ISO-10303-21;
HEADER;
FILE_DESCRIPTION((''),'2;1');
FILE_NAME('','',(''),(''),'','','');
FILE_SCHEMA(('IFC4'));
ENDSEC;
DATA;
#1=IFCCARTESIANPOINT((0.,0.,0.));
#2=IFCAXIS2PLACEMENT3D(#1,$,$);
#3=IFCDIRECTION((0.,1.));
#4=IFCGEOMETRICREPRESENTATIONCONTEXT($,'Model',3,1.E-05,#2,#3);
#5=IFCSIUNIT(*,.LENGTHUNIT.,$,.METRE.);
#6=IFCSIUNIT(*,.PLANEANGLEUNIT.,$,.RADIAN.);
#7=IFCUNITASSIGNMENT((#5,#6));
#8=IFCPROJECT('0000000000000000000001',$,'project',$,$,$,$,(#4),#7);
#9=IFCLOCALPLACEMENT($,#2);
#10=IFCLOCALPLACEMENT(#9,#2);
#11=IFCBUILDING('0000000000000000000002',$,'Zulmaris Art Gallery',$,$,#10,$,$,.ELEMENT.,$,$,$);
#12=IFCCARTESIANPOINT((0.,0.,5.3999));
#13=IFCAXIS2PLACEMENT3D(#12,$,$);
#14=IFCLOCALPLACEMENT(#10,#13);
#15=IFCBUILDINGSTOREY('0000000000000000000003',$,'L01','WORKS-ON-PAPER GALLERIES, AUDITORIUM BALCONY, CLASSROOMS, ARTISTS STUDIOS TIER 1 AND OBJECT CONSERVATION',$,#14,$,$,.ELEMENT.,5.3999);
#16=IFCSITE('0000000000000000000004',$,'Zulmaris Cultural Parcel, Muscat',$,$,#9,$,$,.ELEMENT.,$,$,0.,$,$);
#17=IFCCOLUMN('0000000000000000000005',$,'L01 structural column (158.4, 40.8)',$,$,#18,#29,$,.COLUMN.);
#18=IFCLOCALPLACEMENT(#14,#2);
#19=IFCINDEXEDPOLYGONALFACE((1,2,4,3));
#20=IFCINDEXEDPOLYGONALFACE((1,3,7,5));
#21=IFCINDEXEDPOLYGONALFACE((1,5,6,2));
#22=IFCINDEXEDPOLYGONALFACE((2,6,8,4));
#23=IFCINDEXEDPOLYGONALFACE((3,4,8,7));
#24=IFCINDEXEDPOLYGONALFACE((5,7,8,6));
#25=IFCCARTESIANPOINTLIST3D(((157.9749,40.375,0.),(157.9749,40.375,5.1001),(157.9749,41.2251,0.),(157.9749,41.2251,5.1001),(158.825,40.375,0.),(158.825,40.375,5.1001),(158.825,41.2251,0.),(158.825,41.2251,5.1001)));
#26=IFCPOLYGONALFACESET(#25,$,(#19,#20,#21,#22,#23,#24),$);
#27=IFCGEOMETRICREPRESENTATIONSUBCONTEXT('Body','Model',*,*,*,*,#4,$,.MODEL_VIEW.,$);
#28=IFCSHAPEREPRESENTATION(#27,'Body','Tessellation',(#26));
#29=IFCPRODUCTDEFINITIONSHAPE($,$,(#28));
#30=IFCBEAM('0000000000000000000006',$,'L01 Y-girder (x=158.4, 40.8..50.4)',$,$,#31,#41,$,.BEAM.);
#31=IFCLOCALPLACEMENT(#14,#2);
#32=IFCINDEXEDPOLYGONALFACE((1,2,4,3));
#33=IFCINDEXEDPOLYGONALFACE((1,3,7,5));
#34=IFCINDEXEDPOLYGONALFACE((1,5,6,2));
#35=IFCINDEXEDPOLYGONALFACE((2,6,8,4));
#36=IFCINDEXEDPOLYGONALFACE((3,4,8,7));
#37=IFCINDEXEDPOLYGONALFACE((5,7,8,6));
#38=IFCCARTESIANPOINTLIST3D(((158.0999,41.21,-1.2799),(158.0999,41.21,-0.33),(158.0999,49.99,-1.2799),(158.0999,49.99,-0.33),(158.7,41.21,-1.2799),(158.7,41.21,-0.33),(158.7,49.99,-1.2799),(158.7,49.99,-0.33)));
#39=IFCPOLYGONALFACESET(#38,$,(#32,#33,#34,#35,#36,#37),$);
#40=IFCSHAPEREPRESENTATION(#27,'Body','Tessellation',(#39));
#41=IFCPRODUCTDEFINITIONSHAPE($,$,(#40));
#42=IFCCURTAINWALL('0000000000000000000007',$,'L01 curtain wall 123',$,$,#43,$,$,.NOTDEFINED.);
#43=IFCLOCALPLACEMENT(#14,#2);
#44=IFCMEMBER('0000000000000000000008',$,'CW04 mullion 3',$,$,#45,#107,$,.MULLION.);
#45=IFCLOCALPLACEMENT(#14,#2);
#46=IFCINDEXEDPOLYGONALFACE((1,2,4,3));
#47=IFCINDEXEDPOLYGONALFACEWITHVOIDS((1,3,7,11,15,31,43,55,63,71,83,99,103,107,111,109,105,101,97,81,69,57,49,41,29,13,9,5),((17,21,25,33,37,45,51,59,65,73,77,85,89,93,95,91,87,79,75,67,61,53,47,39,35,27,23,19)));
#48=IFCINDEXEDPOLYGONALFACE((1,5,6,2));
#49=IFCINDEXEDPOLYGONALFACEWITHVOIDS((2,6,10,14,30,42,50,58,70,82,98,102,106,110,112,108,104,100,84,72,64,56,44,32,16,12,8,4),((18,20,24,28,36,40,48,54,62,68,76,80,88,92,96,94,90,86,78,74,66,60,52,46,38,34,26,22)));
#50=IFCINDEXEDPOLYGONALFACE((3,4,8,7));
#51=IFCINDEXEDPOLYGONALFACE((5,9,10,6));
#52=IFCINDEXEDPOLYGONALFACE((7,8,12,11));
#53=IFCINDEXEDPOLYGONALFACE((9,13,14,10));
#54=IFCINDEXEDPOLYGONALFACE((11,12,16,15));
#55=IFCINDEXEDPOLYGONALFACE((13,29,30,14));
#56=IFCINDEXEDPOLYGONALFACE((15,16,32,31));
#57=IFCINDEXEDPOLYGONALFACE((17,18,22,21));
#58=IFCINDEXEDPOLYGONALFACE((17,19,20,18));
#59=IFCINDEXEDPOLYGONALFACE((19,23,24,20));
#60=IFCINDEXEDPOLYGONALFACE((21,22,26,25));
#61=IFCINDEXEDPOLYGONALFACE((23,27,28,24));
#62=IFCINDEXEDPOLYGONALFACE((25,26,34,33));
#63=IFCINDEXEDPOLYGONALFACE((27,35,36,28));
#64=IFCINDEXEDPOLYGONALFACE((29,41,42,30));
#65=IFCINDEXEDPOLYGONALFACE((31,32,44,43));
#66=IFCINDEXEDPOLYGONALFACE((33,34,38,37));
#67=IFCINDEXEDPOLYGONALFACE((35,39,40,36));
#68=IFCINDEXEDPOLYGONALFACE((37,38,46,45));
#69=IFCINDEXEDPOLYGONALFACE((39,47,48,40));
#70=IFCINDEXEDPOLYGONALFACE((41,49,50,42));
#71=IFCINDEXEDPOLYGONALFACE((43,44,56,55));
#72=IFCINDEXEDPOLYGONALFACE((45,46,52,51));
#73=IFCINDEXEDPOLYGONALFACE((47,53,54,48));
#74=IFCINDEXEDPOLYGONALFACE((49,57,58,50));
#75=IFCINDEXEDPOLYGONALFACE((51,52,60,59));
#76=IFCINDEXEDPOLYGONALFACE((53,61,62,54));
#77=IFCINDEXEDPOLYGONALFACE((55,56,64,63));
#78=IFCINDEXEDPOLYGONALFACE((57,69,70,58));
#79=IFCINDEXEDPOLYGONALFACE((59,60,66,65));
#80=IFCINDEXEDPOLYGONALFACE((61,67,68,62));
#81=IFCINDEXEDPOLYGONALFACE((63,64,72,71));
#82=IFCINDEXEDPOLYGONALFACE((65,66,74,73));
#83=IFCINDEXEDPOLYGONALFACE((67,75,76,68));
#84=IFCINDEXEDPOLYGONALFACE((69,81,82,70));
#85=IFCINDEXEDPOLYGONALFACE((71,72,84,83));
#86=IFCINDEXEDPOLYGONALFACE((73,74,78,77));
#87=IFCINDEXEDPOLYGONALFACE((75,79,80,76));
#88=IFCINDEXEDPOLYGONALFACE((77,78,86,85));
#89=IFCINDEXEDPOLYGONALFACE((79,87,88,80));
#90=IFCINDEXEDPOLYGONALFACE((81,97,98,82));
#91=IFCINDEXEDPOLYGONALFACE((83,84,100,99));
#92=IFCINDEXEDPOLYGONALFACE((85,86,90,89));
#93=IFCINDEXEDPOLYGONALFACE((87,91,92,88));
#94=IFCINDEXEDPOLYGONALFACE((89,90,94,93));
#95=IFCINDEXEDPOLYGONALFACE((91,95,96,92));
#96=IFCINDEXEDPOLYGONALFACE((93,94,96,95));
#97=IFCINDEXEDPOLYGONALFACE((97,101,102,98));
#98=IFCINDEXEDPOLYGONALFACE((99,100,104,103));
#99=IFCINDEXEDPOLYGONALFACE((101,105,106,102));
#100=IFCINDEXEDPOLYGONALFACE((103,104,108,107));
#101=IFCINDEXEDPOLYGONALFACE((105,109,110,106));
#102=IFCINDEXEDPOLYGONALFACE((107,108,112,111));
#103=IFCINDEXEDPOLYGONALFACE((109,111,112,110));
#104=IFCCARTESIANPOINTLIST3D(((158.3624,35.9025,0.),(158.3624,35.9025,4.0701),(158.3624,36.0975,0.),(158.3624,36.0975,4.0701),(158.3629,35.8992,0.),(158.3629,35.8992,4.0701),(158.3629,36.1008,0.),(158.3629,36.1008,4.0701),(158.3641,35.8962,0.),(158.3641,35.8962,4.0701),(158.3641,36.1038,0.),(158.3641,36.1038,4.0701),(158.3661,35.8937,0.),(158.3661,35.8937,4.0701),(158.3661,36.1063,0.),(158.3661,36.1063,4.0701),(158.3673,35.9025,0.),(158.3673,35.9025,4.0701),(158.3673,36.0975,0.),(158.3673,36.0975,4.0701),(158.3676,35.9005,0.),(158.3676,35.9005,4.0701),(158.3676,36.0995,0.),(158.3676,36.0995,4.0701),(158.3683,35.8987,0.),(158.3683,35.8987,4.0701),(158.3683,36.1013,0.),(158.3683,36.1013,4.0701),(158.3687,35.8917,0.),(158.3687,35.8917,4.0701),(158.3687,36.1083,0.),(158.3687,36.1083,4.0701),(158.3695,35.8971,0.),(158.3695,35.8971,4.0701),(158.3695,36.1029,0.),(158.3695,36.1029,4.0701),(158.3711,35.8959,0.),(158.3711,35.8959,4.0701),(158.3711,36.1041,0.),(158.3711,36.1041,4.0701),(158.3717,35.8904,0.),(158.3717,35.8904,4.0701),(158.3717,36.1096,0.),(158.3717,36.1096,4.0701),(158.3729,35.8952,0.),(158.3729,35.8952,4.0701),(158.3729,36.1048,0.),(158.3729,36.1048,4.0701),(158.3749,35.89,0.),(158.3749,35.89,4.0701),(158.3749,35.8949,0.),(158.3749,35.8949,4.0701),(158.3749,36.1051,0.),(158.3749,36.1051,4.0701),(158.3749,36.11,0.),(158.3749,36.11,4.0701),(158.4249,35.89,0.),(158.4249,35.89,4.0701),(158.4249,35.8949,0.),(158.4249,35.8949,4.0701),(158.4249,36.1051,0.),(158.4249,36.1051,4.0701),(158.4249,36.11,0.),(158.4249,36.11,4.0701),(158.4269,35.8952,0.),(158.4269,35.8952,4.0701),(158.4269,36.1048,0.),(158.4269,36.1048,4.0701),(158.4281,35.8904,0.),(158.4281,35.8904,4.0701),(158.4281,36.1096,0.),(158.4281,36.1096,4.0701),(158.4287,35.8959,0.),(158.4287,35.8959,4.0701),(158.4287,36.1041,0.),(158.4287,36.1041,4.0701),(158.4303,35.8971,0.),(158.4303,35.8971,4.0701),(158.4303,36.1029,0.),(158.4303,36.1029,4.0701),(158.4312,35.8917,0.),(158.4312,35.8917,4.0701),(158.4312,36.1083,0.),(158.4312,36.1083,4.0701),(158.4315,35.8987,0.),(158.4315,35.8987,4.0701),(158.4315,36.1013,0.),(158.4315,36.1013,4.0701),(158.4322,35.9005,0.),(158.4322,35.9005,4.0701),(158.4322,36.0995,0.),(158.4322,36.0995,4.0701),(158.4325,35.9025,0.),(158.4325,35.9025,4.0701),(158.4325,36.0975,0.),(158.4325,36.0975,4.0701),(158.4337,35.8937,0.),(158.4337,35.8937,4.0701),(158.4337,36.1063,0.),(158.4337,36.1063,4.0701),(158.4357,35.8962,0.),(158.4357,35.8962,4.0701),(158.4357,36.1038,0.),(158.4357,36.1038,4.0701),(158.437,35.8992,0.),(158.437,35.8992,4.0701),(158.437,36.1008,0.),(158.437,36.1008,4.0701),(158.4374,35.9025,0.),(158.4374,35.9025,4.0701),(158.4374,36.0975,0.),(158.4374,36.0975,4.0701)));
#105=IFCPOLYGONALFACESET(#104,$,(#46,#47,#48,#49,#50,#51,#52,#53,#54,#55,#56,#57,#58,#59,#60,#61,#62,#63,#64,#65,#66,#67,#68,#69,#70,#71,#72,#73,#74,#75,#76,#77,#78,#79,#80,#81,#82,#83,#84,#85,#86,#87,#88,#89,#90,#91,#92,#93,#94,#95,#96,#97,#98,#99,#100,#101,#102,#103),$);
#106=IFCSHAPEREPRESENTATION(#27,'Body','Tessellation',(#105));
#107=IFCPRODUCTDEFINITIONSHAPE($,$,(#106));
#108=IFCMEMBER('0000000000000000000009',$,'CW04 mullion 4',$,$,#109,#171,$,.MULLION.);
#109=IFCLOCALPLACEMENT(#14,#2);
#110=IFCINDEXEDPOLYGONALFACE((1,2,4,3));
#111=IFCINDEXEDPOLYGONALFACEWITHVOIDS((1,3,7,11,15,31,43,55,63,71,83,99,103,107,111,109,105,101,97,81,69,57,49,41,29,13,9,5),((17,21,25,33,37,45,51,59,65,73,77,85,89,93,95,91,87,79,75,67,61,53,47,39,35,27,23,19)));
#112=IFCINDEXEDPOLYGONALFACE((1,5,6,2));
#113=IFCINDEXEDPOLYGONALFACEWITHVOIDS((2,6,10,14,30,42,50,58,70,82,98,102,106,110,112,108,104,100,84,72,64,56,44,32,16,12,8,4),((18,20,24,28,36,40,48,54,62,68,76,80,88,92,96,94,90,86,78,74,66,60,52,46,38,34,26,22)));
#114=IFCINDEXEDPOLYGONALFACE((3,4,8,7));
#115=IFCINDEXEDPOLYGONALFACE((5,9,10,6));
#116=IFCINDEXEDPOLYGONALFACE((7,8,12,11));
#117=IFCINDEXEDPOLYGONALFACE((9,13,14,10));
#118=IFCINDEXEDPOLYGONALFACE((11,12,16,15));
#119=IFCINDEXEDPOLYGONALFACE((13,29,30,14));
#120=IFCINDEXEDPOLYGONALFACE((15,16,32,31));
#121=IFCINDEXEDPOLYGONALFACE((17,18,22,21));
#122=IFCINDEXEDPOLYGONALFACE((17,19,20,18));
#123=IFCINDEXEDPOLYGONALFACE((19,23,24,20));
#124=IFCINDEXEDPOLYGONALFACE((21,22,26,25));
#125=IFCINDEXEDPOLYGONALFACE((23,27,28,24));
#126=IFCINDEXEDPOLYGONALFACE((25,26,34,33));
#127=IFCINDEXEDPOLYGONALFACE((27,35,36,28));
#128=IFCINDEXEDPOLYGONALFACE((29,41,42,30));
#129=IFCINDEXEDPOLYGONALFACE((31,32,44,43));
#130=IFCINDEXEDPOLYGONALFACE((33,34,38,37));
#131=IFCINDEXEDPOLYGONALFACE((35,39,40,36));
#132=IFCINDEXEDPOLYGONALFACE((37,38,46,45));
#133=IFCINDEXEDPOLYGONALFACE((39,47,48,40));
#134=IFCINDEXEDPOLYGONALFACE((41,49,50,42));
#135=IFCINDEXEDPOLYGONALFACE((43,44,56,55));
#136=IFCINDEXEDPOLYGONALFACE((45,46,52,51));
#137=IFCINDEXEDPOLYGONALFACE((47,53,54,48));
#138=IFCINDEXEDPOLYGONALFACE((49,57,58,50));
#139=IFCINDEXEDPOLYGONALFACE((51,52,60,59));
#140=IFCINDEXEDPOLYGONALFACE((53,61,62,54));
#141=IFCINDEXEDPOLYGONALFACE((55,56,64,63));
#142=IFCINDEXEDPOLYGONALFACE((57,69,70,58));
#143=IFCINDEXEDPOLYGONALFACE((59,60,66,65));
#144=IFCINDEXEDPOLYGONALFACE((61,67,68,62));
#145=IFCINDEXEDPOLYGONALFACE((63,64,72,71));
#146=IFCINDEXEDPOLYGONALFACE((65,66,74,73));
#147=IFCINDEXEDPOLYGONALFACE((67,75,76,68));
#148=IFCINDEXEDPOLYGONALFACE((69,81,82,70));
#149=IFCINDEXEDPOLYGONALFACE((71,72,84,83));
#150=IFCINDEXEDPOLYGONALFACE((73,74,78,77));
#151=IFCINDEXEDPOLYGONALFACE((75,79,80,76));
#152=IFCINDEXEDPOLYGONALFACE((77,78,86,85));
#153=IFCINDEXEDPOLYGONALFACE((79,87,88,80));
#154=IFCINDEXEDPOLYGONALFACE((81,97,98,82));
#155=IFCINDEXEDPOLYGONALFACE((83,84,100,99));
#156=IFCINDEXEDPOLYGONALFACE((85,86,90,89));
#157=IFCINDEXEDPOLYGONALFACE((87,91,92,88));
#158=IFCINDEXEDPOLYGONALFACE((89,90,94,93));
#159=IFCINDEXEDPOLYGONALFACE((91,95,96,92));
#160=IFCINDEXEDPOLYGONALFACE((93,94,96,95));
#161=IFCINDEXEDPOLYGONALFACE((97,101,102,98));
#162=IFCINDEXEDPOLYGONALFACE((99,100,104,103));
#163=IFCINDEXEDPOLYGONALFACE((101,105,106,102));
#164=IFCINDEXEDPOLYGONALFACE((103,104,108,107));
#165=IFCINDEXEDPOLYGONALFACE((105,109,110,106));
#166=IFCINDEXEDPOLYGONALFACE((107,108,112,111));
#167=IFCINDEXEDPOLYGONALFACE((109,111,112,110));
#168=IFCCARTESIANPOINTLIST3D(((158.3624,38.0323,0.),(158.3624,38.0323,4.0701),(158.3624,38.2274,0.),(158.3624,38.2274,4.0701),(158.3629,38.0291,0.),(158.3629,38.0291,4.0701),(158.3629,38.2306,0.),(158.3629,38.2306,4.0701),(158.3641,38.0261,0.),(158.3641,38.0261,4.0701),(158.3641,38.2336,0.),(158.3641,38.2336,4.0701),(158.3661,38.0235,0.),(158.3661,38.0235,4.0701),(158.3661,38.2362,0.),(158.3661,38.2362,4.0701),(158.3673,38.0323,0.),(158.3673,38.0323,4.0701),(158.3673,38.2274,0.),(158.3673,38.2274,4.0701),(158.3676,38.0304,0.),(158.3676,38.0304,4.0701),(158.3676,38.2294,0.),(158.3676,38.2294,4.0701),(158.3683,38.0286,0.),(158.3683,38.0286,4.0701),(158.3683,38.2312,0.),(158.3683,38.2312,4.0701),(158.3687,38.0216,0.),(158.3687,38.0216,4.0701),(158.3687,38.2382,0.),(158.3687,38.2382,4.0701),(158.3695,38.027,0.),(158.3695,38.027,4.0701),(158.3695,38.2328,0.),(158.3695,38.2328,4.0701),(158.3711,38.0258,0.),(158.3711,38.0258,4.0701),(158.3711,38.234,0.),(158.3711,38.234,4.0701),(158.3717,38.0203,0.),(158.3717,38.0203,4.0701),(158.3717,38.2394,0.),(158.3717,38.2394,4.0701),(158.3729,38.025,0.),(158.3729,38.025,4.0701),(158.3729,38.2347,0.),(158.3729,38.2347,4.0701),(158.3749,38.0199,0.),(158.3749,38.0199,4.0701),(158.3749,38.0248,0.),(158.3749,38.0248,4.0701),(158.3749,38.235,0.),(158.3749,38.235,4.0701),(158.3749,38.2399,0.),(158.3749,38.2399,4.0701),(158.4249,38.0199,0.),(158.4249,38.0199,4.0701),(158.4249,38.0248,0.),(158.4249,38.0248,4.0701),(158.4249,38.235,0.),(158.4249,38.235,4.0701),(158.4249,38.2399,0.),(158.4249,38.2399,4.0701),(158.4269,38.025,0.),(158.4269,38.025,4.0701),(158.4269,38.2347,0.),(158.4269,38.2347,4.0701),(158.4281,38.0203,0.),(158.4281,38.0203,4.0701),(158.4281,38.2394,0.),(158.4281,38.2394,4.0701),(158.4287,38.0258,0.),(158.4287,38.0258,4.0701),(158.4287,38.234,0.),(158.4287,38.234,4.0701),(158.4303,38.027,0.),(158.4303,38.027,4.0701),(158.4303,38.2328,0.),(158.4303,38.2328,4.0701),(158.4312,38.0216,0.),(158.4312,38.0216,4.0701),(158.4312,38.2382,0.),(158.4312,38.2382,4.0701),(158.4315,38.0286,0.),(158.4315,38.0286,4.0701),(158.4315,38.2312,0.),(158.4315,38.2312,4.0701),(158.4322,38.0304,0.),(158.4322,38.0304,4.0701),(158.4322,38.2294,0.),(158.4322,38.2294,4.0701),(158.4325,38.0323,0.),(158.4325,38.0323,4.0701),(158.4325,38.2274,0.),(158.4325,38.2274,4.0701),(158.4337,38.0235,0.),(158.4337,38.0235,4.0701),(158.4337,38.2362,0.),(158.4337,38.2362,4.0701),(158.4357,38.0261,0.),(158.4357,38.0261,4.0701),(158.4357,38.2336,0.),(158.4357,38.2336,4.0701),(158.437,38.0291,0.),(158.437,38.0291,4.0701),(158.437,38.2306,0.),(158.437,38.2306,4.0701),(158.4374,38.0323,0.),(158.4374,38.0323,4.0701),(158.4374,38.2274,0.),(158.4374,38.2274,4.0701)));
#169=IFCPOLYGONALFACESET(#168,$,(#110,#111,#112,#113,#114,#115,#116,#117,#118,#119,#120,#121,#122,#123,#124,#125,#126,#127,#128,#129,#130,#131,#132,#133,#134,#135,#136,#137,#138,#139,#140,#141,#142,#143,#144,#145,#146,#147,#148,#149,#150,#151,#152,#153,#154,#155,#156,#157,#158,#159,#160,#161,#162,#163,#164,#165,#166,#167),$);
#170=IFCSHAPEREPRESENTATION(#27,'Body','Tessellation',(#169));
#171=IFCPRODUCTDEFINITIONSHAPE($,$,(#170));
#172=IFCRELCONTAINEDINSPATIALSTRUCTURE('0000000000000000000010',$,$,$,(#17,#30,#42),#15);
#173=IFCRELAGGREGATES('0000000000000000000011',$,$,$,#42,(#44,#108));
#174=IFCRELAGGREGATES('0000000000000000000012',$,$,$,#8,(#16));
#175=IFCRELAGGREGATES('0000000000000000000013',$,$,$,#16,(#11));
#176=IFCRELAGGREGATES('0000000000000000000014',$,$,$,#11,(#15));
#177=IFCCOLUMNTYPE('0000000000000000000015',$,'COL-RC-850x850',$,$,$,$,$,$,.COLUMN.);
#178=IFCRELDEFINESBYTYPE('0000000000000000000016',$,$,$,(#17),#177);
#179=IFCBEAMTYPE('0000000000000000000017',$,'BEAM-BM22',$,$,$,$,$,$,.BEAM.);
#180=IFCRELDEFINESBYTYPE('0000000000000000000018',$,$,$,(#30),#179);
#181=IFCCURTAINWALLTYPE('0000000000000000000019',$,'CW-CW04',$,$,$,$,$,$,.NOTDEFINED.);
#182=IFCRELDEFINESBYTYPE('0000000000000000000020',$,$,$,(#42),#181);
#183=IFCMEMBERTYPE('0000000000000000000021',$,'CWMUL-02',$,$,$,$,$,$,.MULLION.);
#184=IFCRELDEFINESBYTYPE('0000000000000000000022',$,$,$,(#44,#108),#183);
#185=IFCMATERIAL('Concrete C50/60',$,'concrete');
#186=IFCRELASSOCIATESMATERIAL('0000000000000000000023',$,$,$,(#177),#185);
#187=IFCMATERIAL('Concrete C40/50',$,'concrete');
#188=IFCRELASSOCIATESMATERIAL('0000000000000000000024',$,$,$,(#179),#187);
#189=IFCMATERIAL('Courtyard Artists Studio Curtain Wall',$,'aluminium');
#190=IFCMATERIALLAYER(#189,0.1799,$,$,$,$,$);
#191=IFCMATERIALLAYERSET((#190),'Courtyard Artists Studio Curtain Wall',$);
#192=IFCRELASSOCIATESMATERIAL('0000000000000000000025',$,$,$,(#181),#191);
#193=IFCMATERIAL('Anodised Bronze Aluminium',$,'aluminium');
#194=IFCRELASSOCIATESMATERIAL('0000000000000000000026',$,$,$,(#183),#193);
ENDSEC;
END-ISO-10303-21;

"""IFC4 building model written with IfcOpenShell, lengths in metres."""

from ifc_helpers import new_model, si_unit, direction, frame, origin, origin_2d, place, context, subcontext, project, spatial, rectangle, hollow_rectangle, extrude, material, layer, layer_set, material_profile, profile_set, type_object, element, aggregate, save


model = new_model("IFC4")

# Units and contexts
model_context = context("Model", 3, precision=1e-05, world=origin(), true_north=direction((0.0, 1.0)))
body_context = subcontext(model_context, "Body", "Model", "MODEL_VIEW")
ifc_project = project(units=[si_unit("LENGTHUNIT", "METRE"), si_unit("PLANEANGLEUNIT", "RADIAN")], contexts=[model_context])

# Site, building, storey
site_placement = place(None, origin())
site = spatial("IfcSite", under=ifc_project, at=site_placement, Name="Zulmaris Cultural Parcel, Muscat", CompositionType="ELEMENT", RefElevation=0.0)
building_placement = place(site_placement, origin())
building = spatial("IfcBuilding", under=site, at=building_placement, Name="Zulmaris Art Gallery", CompositionType="ELEMENT")
storey_placement = place(building_placement, frame((0.0, 0.0, 5.3999)))
storey = spatial("IfcBuildingStorey", under=building, at=storey_placement, Name="L01", Description="WORKS-ON-PAPER GALLERIES, AUDITORIUM BALCONY, CLASSROOMS, ARTISTS STUDIOS TIER 1 AND OBJECT CONSERVATION", CompositionType="ELEMENT", Elevation=5.3999)

# Column
ifc_material_1 = material(Name="Concrete C50/60", Category="concrete")
ifc_material_profile_1 = material_profile(ifc_material_1, rectangle(XDim=0.8501, YDim=0.8501, at=origin_2d()), Name="RC 850x850")
ifc_profile_set_1 = profile_set([ifc_material_profile_1], Name="Concrete C50/60")
column_type = type_object("IfcColumnType", Name="COL-RC-850x850", PredefinedType="COLUMN", material=ifc_profile_set_1)
column_placement = place(storey_placement, frame((158.3999, 40.8, 0.0), z_axis=(0.0, 0.0, 1.0), x_axis=(1.0, 0.0, 0.0)))
element("IfcColumn", 1, at=column_placement, inside=storey, type_object=column_type, Name="L01 structural column (158.4, 40.8)", PredefinedType="COLUMN", context=body_context, shape_type="SweptSolid", body=[
    extrude(rectangle(XDim=0.8501, YDim=0.8501, at=origin_2d()), origin(), (0.0, 0.0, 1.0), 5.1001),
])

# Beam
ifc_material_2 = material(Name="Concrete C40/50", Category="concrete")
ifc_material_profile_2 = material_profile(ifc_material_2, rectangle(XDim=0.6001, YDim=0.95, at=origin_2d()), Name="RC 600x950")
ifc_profile_set_2 = profile_set([ifc_material_profile_2], Name="Concrete C40/50")
beam_type = type_object("IfcBeamType", Name="BEAM-BM22", PredefinedType="BEAM", material=ifc_profile_set_2)
beam_placement = place(storey_placement, frame((158.3999, 41.21, -0.8049), z_axis=(0.0, 1.0, 0.0), x_axis=(-1.0, 0.0, 0.0)))
element("IfcBeam", 2, at=beam_placement, inside=storey, type_object=beam_type, Name="L01 Y-girder (x=158.4, 40.8..50.4)", PredefinedType="BEAM", context=body_context, shape_type="SweptSolid", body=[
    extrude(rectangle(XDim=0.6001, YDim=0.95, at=origin_2d()), origin(), (0.0, 0.0, 1.0), 8.78),
])

# Curtain wall, members
ifc_material_3 = material(Name="Courtyard Artists Studio Curtain Wall", Category="aluminium")
ifc_layer_1 = layer(ifc_material_3, 0.1799)
ifc_layer_set_1 = layer_set([ifc_layer_1], Name="Courtyard Artists Studio Curtain Wall")
curtain_wall_type = type_object("IfcCurtainWallType", Name="CW-CW04", PredefinedType="NOTDEFINED", material=ifc_layer_set_1)
curtain_wall_1_placement = place(storey_placement, origin())
curtain_wall_1 = element("IfcCurtainWall", 3, at=curtain_wall_1_placement, inside=storey, type_object=curtain_wall_type, Name="L01 curtain wall 123", PredefinedType="NOTDEFINED")
ifc_material_4 = material(Name="Anodised Bronze Aluminium", Category="aluminium")
ifc_material_profile_3 = material_profile(ifc_material_4, hollow_rectangle(XDim=0.075, YDim=0.22, WallThickness=0.0049, InnerFilletRadius=0.0076, OuterFilletRadius=0.0125, at=origin_2d()), Name="ALU 75x220x5")
ifc_profile_set_3 = profile_set([ifc_material_profile_3], Name="Anodised Bronze Aluminium")
member_type_1 = type_object("IfcMemberType", Name="CWMUL-02", PredefinedType="MULLION", material=ifc_profile_set_3)
member_1_placement = place(storey_placement, frame((158.3999, 36.0, 0.0), z_axis=(0.0, 0.0, 1.0), x_axis=(-1.0, 0.0, 0.0)))
member_1 = element("IfcMember", 4, at=member_1_placement, type_object=member_type_1, Name="CW04 mullion 3", PredefinedType="MULLION", context=body_context, shape_type="SweptSolid", body=[
    extrude(hollow_rectangle(XDim=0.075, YDim=0.22, WallThickness=0.0049, InnerFilletRadius=0.0076, OuterFilletRadius=0.0125, at=origin_2d()), origin(), (0.0, 0.0, 1.0), 4.0701),
])
member_2_placement = place(storey_placement, frame((158.3999, 38.1299, 0.0), z_axis=(0.0, 0.0, 1.0), x_axis=(-1.0, 0.0, 0.0)))
member_2 = element("IfcMember", 5, at=member_2_placement, type_object=member_type_1, Name="CW04 mullion 4", PredefinedType="MULLION", context=body_context, shape_type="SweptSolid", body=[
    extrude(hollow_rectangle(XDim=0.075, YDim=0.22, WallThickness=0.0049, InnerFilletRadius=0.0076, OuterFilletRadius=0.0125, at=origin_2d()), origin(), (0.0, 0.0, 1.0), 4.0701),
])

aggregate(curtain_wall_1, [member_1, member_2])

save(model, "model.ifc")
